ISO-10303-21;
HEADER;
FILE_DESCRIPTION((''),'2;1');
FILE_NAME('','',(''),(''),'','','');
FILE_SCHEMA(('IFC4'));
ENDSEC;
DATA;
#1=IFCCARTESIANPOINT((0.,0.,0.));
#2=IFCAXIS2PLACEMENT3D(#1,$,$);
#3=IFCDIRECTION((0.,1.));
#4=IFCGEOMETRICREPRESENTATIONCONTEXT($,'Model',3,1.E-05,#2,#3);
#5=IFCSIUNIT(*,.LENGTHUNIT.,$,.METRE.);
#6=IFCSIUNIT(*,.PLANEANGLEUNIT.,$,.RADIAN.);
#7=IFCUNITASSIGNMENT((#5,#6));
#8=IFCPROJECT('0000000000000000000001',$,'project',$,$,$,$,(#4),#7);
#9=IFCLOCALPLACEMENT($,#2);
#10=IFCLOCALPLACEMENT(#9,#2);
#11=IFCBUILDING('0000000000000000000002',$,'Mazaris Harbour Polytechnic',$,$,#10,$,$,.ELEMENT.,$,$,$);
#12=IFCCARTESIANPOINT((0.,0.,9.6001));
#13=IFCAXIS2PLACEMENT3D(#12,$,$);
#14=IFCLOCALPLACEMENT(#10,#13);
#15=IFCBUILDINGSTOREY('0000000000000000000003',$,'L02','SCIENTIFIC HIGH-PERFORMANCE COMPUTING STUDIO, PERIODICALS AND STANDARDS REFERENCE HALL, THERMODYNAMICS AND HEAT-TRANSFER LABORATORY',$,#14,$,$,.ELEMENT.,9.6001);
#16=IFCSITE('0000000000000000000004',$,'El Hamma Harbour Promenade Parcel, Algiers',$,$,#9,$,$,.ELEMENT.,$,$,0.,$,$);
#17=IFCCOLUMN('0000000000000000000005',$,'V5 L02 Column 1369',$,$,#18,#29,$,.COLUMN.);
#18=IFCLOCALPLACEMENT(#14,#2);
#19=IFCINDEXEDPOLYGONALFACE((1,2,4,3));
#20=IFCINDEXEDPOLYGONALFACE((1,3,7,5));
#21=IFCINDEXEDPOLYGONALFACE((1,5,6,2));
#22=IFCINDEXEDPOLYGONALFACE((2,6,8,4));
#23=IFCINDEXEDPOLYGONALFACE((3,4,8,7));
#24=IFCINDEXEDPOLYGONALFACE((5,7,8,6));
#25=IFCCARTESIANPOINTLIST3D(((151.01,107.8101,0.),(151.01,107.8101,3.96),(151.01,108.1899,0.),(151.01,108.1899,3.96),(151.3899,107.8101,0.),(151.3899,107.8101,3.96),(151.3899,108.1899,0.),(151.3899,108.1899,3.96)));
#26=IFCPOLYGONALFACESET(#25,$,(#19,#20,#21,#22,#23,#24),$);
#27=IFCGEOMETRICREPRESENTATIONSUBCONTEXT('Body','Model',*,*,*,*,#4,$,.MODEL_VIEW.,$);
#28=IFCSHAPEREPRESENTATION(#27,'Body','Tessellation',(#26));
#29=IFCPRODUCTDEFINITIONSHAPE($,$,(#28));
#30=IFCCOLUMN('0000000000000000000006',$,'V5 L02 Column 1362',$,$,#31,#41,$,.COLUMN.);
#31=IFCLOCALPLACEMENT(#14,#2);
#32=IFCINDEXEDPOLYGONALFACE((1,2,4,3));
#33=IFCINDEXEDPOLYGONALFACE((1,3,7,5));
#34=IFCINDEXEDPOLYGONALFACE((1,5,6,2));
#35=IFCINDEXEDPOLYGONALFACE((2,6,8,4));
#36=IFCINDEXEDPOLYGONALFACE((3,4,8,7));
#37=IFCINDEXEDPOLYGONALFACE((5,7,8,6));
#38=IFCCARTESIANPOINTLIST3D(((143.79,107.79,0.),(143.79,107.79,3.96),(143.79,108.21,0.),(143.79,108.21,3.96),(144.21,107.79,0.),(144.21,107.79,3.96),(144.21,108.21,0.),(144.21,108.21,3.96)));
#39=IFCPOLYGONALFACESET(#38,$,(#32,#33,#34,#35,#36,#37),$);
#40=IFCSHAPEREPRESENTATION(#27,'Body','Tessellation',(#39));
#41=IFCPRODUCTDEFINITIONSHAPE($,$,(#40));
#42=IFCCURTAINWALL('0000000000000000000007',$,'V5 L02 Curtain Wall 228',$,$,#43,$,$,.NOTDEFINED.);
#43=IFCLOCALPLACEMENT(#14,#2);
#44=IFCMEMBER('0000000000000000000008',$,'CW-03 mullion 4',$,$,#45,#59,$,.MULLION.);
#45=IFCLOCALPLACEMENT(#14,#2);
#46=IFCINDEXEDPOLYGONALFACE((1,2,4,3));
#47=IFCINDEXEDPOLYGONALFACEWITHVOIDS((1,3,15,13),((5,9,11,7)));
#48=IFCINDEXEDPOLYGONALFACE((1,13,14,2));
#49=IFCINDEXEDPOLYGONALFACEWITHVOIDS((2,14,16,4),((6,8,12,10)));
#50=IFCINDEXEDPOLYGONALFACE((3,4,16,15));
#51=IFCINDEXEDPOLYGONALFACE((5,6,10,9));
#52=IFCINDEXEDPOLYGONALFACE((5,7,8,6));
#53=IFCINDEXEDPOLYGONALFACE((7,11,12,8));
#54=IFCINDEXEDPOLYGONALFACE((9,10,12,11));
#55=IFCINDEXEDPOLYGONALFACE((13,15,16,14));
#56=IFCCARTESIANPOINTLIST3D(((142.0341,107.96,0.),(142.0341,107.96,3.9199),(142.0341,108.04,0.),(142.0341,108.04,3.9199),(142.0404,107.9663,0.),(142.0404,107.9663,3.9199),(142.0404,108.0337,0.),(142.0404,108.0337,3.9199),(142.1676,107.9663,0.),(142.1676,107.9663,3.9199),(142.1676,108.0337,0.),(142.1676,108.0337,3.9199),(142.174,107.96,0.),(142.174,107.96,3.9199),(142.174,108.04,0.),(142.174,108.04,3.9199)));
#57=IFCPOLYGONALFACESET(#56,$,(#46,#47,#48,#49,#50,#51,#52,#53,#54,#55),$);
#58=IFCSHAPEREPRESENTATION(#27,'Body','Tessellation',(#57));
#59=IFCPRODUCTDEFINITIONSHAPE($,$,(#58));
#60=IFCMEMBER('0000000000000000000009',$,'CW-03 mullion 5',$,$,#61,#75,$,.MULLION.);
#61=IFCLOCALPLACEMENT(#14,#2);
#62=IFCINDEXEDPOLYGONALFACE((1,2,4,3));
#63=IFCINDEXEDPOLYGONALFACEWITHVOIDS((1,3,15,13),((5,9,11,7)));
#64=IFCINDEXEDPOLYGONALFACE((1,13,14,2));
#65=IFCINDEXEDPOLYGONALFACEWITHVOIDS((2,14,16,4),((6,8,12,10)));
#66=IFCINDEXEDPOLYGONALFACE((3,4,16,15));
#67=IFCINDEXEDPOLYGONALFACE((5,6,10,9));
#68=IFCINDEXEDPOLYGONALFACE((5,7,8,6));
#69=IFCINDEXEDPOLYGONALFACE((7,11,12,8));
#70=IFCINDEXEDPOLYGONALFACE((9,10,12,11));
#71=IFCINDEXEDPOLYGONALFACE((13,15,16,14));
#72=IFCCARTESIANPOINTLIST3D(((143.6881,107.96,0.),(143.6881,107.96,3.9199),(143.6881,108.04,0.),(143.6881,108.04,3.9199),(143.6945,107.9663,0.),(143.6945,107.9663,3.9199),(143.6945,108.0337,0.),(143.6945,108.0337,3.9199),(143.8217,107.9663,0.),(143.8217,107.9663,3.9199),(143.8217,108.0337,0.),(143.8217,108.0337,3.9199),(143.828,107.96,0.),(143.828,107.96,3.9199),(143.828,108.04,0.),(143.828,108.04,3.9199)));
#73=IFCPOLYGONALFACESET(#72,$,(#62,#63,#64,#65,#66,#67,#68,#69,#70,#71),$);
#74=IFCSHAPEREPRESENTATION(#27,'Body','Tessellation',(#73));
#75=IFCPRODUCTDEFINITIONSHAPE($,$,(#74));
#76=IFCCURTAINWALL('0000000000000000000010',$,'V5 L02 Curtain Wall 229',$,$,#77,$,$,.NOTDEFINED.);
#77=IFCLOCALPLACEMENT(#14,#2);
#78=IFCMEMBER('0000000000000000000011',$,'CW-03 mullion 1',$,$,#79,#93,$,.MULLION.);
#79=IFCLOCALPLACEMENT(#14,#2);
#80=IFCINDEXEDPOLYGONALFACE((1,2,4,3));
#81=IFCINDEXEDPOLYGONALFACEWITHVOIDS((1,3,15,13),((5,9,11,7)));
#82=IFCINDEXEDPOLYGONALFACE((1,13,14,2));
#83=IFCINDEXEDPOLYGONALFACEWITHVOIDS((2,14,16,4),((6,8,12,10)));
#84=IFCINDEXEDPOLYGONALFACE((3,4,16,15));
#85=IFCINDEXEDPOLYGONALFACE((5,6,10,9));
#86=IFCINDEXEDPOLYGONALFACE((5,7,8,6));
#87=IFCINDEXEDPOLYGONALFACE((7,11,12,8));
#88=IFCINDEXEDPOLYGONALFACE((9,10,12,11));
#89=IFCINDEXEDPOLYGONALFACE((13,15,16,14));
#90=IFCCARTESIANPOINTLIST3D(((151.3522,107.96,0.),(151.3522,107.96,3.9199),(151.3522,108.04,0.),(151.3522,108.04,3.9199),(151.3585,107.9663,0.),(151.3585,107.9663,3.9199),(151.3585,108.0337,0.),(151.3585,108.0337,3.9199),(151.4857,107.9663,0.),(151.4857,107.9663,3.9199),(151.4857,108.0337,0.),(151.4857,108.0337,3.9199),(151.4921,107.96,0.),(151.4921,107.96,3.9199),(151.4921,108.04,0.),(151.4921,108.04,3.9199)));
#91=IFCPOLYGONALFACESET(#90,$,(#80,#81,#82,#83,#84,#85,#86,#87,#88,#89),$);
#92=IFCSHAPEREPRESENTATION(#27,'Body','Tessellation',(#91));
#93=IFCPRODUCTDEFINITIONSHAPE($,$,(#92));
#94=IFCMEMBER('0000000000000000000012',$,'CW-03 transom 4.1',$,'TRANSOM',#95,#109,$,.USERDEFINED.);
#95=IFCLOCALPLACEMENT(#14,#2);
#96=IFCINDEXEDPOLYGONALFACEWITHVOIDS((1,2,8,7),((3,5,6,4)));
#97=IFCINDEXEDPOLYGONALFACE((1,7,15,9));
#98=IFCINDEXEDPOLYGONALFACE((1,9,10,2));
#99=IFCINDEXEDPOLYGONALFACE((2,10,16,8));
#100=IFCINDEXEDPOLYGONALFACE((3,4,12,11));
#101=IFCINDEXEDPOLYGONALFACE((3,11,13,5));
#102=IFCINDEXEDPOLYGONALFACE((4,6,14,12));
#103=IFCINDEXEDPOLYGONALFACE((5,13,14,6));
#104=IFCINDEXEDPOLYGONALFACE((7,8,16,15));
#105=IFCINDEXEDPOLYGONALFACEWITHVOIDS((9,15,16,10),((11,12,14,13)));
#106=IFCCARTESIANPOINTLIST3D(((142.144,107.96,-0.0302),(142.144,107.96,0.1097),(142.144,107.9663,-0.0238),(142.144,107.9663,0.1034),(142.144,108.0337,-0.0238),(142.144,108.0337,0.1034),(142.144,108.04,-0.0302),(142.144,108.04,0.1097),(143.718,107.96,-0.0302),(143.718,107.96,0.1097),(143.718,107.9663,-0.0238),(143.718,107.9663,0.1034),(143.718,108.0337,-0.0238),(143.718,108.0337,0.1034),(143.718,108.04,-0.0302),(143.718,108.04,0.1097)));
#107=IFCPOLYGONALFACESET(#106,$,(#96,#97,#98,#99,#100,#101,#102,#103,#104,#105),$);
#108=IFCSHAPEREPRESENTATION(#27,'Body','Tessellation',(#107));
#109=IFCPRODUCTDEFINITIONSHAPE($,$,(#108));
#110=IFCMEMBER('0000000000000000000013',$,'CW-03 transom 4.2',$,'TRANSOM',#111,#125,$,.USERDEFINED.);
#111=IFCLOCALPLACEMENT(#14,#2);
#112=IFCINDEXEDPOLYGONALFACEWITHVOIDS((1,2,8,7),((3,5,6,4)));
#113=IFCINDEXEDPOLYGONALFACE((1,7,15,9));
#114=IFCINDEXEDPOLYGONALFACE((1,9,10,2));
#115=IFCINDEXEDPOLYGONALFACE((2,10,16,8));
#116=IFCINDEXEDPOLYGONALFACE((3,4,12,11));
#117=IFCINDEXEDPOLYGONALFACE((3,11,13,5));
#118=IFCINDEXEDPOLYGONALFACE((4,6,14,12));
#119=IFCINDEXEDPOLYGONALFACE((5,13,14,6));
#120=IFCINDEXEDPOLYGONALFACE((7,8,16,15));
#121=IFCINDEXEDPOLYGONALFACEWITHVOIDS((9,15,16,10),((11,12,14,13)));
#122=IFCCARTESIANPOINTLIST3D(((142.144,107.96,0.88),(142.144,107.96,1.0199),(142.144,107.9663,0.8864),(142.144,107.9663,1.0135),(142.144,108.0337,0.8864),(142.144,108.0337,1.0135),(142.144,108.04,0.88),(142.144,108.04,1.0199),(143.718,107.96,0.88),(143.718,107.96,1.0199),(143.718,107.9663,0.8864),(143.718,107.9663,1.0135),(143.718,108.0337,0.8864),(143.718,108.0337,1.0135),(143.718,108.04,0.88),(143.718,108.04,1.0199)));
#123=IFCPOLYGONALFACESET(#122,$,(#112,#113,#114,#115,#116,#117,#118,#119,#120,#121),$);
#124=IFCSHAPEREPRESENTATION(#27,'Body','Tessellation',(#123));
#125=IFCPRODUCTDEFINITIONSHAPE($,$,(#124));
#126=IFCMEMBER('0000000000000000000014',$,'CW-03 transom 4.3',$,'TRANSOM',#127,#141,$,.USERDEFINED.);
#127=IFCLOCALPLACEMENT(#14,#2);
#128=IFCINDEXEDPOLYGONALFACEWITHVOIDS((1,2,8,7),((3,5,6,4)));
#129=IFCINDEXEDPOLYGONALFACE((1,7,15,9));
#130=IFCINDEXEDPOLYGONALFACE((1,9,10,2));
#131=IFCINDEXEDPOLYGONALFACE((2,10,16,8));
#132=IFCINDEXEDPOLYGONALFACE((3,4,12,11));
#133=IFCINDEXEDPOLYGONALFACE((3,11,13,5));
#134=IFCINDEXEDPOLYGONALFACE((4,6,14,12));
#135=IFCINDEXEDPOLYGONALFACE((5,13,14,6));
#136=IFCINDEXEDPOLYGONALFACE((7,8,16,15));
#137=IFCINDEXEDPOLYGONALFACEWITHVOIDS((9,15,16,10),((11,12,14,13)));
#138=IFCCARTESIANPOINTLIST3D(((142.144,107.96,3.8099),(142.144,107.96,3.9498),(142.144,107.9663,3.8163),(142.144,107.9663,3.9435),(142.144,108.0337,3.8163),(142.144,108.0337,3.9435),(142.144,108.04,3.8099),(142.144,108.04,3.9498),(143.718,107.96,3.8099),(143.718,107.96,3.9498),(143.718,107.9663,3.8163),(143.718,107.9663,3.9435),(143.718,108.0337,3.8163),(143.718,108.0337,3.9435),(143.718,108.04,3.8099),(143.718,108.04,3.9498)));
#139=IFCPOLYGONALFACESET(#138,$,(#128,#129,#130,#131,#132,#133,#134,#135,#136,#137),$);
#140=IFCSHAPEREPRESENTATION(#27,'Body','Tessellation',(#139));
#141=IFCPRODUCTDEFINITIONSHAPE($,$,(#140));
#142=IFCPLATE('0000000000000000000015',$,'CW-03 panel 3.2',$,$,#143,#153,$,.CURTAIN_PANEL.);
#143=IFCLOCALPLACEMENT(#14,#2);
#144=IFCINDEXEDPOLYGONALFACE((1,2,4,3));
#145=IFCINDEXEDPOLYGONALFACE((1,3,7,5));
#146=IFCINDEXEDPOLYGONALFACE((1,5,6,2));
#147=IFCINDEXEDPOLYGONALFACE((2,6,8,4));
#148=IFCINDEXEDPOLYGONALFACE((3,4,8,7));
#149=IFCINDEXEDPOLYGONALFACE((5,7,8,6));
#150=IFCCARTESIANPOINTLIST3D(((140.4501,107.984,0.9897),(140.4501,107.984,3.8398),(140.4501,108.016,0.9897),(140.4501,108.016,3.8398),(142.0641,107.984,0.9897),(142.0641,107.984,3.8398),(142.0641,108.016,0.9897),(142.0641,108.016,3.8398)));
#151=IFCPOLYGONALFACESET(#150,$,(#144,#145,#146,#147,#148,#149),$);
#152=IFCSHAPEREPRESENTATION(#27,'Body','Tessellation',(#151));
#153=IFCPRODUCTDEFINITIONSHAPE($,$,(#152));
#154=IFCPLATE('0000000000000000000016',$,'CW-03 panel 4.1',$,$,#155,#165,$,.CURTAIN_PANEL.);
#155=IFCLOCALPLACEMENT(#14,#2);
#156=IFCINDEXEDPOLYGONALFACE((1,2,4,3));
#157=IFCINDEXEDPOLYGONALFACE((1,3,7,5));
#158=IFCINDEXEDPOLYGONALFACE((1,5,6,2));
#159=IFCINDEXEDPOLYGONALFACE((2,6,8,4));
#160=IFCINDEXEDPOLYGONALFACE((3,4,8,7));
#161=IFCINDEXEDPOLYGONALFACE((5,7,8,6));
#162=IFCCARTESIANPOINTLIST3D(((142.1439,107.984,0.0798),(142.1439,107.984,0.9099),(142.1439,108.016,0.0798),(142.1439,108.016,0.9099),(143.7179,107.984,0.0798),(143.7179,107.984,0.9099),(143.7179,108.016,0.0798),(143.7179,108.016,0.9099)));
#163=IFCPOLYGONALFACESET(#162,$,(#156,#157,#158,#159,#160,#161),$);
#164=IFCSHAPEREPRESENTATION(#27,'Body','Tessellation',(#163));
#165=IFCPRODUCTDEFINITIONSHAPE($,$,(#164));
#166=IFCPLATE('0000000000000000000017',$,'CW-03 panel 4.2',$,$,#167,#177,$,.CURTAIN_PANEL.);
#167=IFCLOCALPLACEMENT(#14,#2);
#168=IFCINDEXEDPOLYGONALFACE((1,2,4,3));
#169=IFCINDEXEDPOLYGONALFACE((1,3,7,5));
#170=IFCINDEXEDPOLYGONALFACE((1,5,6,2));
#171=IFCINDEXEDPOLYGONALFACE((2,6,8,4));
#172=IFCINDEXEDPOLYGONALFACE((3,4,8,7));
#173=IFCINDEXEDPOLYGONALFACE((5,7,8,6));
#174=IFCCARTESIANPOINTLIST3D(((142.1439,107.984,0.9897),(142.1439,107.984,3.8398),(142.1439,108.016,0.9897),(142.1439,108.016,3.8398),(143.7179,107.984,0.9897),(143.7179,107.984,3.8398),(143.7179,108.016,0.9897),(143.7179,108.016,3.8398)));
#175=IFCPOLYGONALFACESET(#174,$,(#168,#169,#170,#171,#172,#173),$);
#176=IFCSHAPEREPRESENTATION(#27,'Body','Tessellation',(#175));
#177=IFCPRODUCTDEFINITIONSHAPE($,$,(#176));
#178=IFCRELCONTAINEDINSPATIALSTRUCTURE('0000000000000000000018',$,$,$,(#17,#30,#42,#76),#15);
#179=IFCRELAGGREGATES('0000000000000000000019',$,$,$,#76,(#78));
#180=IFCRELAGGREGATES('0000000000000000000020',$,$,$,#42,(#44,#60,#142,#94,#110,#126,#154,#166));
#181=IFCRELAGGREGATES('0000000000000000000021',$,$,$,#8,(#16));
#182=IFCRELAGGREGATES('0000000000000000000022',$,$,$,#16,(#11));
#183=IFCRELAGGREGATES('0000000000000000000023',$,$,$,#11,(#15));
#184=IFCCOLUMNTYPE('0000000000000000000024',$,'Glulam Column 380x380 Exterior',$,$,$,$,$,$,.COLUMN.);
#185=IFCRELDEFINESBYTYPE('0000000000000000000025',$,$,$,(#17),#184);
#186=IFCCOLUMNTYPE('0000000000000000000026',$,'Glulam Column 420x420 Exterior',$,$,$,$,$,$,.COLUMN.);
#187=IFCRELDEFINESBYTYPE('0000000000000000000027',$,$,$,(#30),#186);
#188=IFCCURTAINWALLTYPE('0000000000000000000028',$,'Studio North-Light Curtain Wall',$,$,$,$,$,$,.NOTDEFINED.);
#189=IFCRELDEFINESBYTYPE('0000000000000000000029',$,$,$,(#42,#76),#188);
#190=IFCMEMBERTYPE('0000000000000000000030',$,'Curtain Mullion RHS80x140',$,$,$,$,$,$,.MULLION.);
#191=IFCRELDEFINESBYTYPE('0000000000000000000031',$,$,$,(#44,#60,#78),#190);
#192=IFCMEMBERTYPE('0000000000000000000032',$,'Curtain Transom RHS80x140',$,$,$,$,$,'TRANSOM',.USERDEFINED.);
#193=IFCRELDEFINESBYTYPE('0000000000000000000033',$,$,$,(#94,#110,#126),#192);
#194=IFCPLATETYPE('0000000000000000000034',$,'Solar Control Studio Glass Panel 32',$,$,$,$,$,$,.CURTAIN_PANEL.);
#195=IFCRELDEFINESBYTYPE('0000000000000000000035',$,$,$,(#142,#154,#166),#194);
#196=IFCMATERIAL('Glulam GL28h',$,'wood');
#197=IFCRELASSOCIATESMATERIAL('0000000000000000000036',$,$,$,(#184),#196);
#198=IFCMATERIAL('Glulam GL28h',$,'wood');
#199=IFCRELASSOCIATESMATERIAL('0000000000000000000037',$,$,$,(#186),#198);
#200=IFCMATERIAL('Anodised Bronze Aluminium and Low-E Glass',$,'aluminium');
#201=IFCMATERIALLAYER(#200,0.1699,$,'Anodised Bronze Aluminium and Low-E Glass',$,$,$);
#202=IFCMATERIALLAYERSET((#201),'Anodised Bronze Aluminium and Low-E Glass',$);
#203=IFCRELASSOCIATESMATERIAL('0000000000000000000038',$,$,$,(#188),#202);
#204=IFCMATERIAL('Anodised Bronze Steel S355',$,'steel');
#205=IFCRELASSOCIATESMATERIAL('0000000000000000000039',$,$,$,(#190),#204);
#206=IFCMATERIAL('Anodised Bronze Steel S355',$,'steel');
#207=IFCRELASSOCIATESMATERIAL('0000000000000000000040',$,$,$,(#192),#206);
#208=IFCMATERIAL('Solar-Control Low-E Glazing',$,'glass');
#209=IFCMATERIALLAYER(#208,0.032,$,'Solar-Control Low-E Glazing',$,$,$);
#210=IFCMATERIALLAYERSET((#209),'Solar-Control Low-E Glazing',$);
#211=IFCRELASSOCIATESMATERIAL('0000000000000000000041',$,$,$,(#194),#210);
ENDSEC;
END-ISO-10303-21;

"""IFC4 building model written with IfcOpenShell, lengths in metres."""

from ifc_helpers import new_model, si_unit, direction, frame, origin, origin_2d, place, context, subcontext, project, spatial, rectangle, hollow_rectangle, extrude, material, layer, layer_set, material_profile, profile_set, type_object, element, aggregate, save


model = new_model("IFC4")

# Units and contexts
model_context = context("Model", 3, precision=1e-05, world=origin(), true_north=direction((0.0, 1.0)))
body_context = subcontext(model_context, "Body", "Model", "MODEL_VIEW")
ifc_project = project(units=[si_unit("LENGTHUNIT", "METRE"), si_unit("PLANEANGLEUNIT", "RADIAN")], contexts=[model_context])

# Site, building, storey
site_placement = place(None, origin())
site = spatial("IfcSite", under=ifc_project, at=site_placement, Name="El Hamma Harbour Promenade Parcel, Algiers", CompositionType="ELEMENT", RefElevation=0.0)
building_placement = place(site_placement, origin())
building = spatial("IfcBuilding", under=site, at=building_placement, Name="Mazaris Harbour Polytechnic", CompositionType="ELEMENT")
storey_placement = place(building_placement, frame((0.0, 0.0, 9.6001)))
storey = spatial("IfcBuildingStorey", under=building, at=storey_placement, Name="L02", Description="SCIENTIFIC HIGH-PERFORMANCE COMPUTING STUDIO, PERIODICALS AND STANDARDS REFERENCE HALL, THERMODYNAMICS AND HEAT-TRANSFER LABORATORY", CompositionType="ELEMENT", Elevation=9.6001)

# Columns
ifc_material_1 = material(Name="Glulam GL28h", Category="wood")
ifc_material_profile_1 = material_profile(ifc_material_1, rectangle(XDim=0.3799, YDim=0.3799, at=origin_2d()), Name="RECT380x380")
ifc_profile_set_1 = profile_set([ifc_material_profile_1], Name="Glulam GL28h")
column_type_1 = type_object("IfcColumnType", Name="Glulam Column 380x380 Exterior", PredefinedType="COLUMN", material=ifc_profile_set_1)
column_1_placement = place(storey_placement, frame((151.2, 108.0, 0.0), z_axis=(0.0, 0.0, 1.0), x_axis=(1.0, 0.0, 0.0)))
element("IfcColumn", 1, at=column_1_placement, inside=storey, type_object=column_type_1, Name="V5 L02 Column 1369", PredefinedType="COLUMN", context=body_context, shape_type="SweptSolid", body=[
    extrude(rectangle(XDim=0.3799, YDim=0.3799, at=origin_2d()), origin(), (0.0, 0.0, 1.0), 3.96),
])
ifc_material_2 = material(Name="Glulam GL28h", Category="wood")
ifc_material_profile_2 = material_profile(ifc_material_2, rectangle(XDim=0.4199, YDim=0.4199, at=origin_2d()), Name="RECT420x420")
ifc_profile_set_2 = profile_set([ifc_material_profile_2], Name="Glulam GL28h")
column_type_2 = type_object("IfcColumnType", Name="Glulam Column 420x420 Exterior", PredefinedType="COLUMN", material=ifc_profile_set_2)
column_2_placement = place(storey_placement, frame((144.0, 108.0, 0.0), z_axis=(0.0, 0.0, 1.0), x_axis=(1.0, 0.0, 0.0)))
element("IfcColumn", 2, at=column_2_placement, inside=storey, type_object=column_type_2, Name="V5 L02 Column 1362", PredefinedType="COLUMN", context=body_context, shape_type="SweptSolid", body=[
    extrude(rectangle(XDim=0.4199, YDim=0.4199, at=origin_2d()), origin(), (0.0, 0.0, 1.0), 3.96),
])

# Curtain wall, members
ifc_material_3 = material(Name="Anodised Bronze Aluminium and Low-E Glass", Category="aluminium")
ifc_layer_1 = layer(ifc_material_3, 0.1699, Name="Anodised Bronze Aluminium and Low-E Glass")
ifc_layer_set_1 = layer_set([ifc_layer_1], Name="Anodised Bronze Aluminium and Low-E Glass")
curtain_wall_type = type_object("IfcCurtainWallType", Name="Studio North-Light Curtain Wall", PredefinedType="NOTDEFINED", material=ifc_layer_set_1)
curtain_wall_1_placement = place(storey_placement, origin())
curtain_wall_1 = element("IfcCurtainWall", 3, at=curtain_wall_1_placement, inside=storey, type_object=curtain_wall_type, Name="V5 L02 Curtain Wall 228", PredefinedType="NOTDEFINED")
ifc_material_4 = material(Name="Anodised Bronze Steel S355", Category="steel")
ifc_material_profile_3 = material_profile(ifc_material_4, hollow_rectangle(XDim=0.0801, YDim=0.1399, WallThickness=0.0063, at=origin_2d()), Name="RHS 80x140x6.3")
ifc_profile_set_3 = profile_set([ifc_material_profile_3], Name="Anodised Bronze Steel S355")
member_type_1 = type_object("IfcMemberType", Name="Curtain Mullion RHS80x140", PredefinedType="MULLION", material=ifc_profile_set_3)
member_1_placement = place(storey_placement, frame((142.104, 108.0, 0.0), z_axis=(0.0, 0.0, 1.0), x_axis=(0.0, 1.0, 0.0)))
member_1 = element("IfcMember", 4, at=member_1_placement, type_object=member_type_1, Name="CW-03 mullion 4", PredefinedType="MULLION", context=body_context, shape_type="SweptSolid", body=[
    extrude(hollow_rectangle(XDim=0.0801, YDim=0.1399, WallThickness=0.0063, at=origin_2d()), origin(), (0.0, 0.0, 1.0), 3.9199),
])
member_2_placement = place(storey_placement, frame((143.7581, 108.0, 0.0), z_axis=(0.0, 0.0, 1.0), x_axis=(0.0, 1.0, 0.0)))
member_2 = element("IfcMember", 5, at=member_2_placement, type_object=member_type_1, Name="CW-03 mullion 5", PredefinedType="MULLION", context=body_context, shape_type="SweptSolid", body=[
    extrude(hollow_rectangle(XDim=0.0801, YDim=0.1399, WallThickness=0.0063, at=origin_2d()), origin(), (0.0, 0.0, 1.0), 3.9199),
])

# Curtain wall, member
curtain_wall_2_placement = place(storey_placement, origin())
curtain_wall_2 = element("IfcCurtainWall", 6, at=curtain_wall_2_placement, inside=storey, type_object=curtain_wall_type, Name="V5 L02 Curtain Wall 229", PredefinedType="NOTDEFINED")
member_3_placement = place(storey_placement, frame((151.4221, 108.0, 0.0), z_axis=(0.0, 0.0, 1.0), x_axis=(0.0, 1.0, 0.0)))
member_3 = element("IfcMember", 7, at=member_3_placement, type_object=member_type_1, Name="CW-03 mullion 1", PredefinedType="MULLION", context=body_context, shape_type="SweptSolid", body=[
    extrude(hollow_rectangle(XDim=0.0801, YDim=0.1399, WallThickness=0.0063, at=origin_2d()), origin(), (0.0, 0.0, 1.0), 3.9199),
])
aggregate(curtain_wall_2, [member_3])

# Members
ifc_material_5 = material(Name="Anodised Bronze Steel S355", Category="steel")
ifc_material_profile_4 = material_profile(ifc_material_5, hollow_rectangle(XDim=0.0801, YDim=0.1399, WallThickness=0.0063, at=origin_2d()), Name="RHS 80x140x6.3")
ifc_profile_set_4 = profile_set([ifc_material_profile_4], Name="Anodised Bronze Steel S355")
member_type_2 = type_object("IfcMemberType", Name="Curtain Transom RHS80x140", ElementType="TRANSOM", PredefinedType="USERDEFINED", material=ifc_profile_set_4)
member_4_placement = place(storey_placement, frame((142.144, 108.0, 0.0398), z_axis=(1.0, 0.0, 0.0), x_axis=(0.0, 1.0, 0.0)))
member_4 = element("IfcMember", 8, at=member_4_placement, type_object=member_type_2, Name="CW-03 transom 4.1", ObjectType="TRANSOM", PredefinedType="USERDEFINED", context=body_context, shape_type="SweptSolid", body=[
    extrude(hollow_rectangle(XDim=0.0801, YDim=0.1399, WallThickness=0.0063, at=origin_2d()), origin(), (0.0, 0.0, 1.0), 1.574),
])
member_5_placement = place(storey_placement, frame((142.144, 108.0, 0.95), z_axis=(1.0, 0.0, 0.0), x_axis=(0.0, 1.0, 0.0)))
member_5 = element("IfcMember", 9, at=member_5_placement, type_object=member_type_2, Name="CW-03 transom 4.2", ObjectType="TRANSOM", PredefinedType="USERDEFINED", context=body_context, shape_type="SweptSolid", body=[
    extrude(hollow_rectangle(XDim=0.0801, YDim=0.1399, WallThickness=0.0063, at=origin_2d()), origin(), (0.0, 0.0, 1.0), 1.574),
])
member_6_placement = place(storey_placement, frame((142.144, 108.0, 3.8799), z_axis=(1.0, 0.0, 0.0), x_axis=(0.0, 1.0, 0.0)))
member_6 = element("IfcMember", 10, at=member_6_placement, type_object=member_type_2, Name="CW-03 transom 4.3", ObjectType="TRANSOM", PredefinedType="USERDEFINED", context=body_context, shape_type="SweptSolid", body=[
    extrude(hollow_rectangle(XDim=0.0801, YDim=0.1399, WallThickness=0.0063, at=origin_2d()), origin(), (0.0, 0.0, 1.0), 1.574),
])

# Plates
ifc_material_6 = material(Name="Solar-Control Low-E Glazing", Category="glass")
ifc_layer_2 = layer(ifc_material_6, 0.032, Name="Solar-Control Low-E Glazing")
ifc_layer_set_2 = layer_set([ifc_layer_2], Name="Solar-Control Low-E Glazing")
plate_type = type_object("IfcPlateType", Name="Solar Control Studio Glass Panel 32", PredefinedType="CURTAIN_PANEL", material=ifc_layer_set_2)
plate_1_placement = place(storey_placement, frame((141.2571, 108.0, 0.9897), z_axis=(0.0, 0.0, 1.0), x_axis=(1.0, 0.0, 0.0)))
plate_1 = element("IfcPlate", 11, at=plate_1_placement, type_object=plate_type, Name="CW-03 panel 3.2", PredefinedType="CURTAIN_PANEL", context=body_context, shape_type="SweptSolid", body=[
    extrude(rectangle(XDim=1.614, YDim=0.032, at=origin_2d()), origin(), (0.0, 0.0, 1.0), 2.8501),
])
plate_2_placement = place(storey_placement, frame((142.9309, 108.0, 0.0798), z_axis=(0.0, 0.0, 1.0), x_axis=(1.0, 0.0, 0.0)))
plate_2 = element("IfcPlate", 12, at=plate_2_placement, type_object=plate_type, Name="CW-03 panel 4.1", PredefinedType="CURTAIN_PANEL", context=body_context, shape_type="SweptSolid", body=[
    extrude(rectangle(XDim=1.574, YDim=0.032, at=origin_2d()), origin(), (0.0, 0.0, 1.0), 0.8301),
])
plate_3_placement = place(storey_placement, frame((142.9309, 108.0, 0.9897), z_axis=(0.0, 0.0, 1.0), x_axis=(1.0, 0.0, 0.0)))
plate_3 = element("IfcPlate", 13, at=plate_3_placement, type_object=plate_type, Name="CW-03 panel 4.2", PredefinedType="CURTAIN_PANEL", context=body_context, shape_type="SweptSolid", body=[
    extrude(rectangle(XDim=1.574, YDim=0.032, at=origin_2d()), origin(), (0.0, 0.0, 1.0), 2.8501),
])
aggregate(curtain_wall_1, [member_1, member_2, plate_1, member_4, member_5, member_6, plate_2, plate_3])

save(model, "model.ifc")
